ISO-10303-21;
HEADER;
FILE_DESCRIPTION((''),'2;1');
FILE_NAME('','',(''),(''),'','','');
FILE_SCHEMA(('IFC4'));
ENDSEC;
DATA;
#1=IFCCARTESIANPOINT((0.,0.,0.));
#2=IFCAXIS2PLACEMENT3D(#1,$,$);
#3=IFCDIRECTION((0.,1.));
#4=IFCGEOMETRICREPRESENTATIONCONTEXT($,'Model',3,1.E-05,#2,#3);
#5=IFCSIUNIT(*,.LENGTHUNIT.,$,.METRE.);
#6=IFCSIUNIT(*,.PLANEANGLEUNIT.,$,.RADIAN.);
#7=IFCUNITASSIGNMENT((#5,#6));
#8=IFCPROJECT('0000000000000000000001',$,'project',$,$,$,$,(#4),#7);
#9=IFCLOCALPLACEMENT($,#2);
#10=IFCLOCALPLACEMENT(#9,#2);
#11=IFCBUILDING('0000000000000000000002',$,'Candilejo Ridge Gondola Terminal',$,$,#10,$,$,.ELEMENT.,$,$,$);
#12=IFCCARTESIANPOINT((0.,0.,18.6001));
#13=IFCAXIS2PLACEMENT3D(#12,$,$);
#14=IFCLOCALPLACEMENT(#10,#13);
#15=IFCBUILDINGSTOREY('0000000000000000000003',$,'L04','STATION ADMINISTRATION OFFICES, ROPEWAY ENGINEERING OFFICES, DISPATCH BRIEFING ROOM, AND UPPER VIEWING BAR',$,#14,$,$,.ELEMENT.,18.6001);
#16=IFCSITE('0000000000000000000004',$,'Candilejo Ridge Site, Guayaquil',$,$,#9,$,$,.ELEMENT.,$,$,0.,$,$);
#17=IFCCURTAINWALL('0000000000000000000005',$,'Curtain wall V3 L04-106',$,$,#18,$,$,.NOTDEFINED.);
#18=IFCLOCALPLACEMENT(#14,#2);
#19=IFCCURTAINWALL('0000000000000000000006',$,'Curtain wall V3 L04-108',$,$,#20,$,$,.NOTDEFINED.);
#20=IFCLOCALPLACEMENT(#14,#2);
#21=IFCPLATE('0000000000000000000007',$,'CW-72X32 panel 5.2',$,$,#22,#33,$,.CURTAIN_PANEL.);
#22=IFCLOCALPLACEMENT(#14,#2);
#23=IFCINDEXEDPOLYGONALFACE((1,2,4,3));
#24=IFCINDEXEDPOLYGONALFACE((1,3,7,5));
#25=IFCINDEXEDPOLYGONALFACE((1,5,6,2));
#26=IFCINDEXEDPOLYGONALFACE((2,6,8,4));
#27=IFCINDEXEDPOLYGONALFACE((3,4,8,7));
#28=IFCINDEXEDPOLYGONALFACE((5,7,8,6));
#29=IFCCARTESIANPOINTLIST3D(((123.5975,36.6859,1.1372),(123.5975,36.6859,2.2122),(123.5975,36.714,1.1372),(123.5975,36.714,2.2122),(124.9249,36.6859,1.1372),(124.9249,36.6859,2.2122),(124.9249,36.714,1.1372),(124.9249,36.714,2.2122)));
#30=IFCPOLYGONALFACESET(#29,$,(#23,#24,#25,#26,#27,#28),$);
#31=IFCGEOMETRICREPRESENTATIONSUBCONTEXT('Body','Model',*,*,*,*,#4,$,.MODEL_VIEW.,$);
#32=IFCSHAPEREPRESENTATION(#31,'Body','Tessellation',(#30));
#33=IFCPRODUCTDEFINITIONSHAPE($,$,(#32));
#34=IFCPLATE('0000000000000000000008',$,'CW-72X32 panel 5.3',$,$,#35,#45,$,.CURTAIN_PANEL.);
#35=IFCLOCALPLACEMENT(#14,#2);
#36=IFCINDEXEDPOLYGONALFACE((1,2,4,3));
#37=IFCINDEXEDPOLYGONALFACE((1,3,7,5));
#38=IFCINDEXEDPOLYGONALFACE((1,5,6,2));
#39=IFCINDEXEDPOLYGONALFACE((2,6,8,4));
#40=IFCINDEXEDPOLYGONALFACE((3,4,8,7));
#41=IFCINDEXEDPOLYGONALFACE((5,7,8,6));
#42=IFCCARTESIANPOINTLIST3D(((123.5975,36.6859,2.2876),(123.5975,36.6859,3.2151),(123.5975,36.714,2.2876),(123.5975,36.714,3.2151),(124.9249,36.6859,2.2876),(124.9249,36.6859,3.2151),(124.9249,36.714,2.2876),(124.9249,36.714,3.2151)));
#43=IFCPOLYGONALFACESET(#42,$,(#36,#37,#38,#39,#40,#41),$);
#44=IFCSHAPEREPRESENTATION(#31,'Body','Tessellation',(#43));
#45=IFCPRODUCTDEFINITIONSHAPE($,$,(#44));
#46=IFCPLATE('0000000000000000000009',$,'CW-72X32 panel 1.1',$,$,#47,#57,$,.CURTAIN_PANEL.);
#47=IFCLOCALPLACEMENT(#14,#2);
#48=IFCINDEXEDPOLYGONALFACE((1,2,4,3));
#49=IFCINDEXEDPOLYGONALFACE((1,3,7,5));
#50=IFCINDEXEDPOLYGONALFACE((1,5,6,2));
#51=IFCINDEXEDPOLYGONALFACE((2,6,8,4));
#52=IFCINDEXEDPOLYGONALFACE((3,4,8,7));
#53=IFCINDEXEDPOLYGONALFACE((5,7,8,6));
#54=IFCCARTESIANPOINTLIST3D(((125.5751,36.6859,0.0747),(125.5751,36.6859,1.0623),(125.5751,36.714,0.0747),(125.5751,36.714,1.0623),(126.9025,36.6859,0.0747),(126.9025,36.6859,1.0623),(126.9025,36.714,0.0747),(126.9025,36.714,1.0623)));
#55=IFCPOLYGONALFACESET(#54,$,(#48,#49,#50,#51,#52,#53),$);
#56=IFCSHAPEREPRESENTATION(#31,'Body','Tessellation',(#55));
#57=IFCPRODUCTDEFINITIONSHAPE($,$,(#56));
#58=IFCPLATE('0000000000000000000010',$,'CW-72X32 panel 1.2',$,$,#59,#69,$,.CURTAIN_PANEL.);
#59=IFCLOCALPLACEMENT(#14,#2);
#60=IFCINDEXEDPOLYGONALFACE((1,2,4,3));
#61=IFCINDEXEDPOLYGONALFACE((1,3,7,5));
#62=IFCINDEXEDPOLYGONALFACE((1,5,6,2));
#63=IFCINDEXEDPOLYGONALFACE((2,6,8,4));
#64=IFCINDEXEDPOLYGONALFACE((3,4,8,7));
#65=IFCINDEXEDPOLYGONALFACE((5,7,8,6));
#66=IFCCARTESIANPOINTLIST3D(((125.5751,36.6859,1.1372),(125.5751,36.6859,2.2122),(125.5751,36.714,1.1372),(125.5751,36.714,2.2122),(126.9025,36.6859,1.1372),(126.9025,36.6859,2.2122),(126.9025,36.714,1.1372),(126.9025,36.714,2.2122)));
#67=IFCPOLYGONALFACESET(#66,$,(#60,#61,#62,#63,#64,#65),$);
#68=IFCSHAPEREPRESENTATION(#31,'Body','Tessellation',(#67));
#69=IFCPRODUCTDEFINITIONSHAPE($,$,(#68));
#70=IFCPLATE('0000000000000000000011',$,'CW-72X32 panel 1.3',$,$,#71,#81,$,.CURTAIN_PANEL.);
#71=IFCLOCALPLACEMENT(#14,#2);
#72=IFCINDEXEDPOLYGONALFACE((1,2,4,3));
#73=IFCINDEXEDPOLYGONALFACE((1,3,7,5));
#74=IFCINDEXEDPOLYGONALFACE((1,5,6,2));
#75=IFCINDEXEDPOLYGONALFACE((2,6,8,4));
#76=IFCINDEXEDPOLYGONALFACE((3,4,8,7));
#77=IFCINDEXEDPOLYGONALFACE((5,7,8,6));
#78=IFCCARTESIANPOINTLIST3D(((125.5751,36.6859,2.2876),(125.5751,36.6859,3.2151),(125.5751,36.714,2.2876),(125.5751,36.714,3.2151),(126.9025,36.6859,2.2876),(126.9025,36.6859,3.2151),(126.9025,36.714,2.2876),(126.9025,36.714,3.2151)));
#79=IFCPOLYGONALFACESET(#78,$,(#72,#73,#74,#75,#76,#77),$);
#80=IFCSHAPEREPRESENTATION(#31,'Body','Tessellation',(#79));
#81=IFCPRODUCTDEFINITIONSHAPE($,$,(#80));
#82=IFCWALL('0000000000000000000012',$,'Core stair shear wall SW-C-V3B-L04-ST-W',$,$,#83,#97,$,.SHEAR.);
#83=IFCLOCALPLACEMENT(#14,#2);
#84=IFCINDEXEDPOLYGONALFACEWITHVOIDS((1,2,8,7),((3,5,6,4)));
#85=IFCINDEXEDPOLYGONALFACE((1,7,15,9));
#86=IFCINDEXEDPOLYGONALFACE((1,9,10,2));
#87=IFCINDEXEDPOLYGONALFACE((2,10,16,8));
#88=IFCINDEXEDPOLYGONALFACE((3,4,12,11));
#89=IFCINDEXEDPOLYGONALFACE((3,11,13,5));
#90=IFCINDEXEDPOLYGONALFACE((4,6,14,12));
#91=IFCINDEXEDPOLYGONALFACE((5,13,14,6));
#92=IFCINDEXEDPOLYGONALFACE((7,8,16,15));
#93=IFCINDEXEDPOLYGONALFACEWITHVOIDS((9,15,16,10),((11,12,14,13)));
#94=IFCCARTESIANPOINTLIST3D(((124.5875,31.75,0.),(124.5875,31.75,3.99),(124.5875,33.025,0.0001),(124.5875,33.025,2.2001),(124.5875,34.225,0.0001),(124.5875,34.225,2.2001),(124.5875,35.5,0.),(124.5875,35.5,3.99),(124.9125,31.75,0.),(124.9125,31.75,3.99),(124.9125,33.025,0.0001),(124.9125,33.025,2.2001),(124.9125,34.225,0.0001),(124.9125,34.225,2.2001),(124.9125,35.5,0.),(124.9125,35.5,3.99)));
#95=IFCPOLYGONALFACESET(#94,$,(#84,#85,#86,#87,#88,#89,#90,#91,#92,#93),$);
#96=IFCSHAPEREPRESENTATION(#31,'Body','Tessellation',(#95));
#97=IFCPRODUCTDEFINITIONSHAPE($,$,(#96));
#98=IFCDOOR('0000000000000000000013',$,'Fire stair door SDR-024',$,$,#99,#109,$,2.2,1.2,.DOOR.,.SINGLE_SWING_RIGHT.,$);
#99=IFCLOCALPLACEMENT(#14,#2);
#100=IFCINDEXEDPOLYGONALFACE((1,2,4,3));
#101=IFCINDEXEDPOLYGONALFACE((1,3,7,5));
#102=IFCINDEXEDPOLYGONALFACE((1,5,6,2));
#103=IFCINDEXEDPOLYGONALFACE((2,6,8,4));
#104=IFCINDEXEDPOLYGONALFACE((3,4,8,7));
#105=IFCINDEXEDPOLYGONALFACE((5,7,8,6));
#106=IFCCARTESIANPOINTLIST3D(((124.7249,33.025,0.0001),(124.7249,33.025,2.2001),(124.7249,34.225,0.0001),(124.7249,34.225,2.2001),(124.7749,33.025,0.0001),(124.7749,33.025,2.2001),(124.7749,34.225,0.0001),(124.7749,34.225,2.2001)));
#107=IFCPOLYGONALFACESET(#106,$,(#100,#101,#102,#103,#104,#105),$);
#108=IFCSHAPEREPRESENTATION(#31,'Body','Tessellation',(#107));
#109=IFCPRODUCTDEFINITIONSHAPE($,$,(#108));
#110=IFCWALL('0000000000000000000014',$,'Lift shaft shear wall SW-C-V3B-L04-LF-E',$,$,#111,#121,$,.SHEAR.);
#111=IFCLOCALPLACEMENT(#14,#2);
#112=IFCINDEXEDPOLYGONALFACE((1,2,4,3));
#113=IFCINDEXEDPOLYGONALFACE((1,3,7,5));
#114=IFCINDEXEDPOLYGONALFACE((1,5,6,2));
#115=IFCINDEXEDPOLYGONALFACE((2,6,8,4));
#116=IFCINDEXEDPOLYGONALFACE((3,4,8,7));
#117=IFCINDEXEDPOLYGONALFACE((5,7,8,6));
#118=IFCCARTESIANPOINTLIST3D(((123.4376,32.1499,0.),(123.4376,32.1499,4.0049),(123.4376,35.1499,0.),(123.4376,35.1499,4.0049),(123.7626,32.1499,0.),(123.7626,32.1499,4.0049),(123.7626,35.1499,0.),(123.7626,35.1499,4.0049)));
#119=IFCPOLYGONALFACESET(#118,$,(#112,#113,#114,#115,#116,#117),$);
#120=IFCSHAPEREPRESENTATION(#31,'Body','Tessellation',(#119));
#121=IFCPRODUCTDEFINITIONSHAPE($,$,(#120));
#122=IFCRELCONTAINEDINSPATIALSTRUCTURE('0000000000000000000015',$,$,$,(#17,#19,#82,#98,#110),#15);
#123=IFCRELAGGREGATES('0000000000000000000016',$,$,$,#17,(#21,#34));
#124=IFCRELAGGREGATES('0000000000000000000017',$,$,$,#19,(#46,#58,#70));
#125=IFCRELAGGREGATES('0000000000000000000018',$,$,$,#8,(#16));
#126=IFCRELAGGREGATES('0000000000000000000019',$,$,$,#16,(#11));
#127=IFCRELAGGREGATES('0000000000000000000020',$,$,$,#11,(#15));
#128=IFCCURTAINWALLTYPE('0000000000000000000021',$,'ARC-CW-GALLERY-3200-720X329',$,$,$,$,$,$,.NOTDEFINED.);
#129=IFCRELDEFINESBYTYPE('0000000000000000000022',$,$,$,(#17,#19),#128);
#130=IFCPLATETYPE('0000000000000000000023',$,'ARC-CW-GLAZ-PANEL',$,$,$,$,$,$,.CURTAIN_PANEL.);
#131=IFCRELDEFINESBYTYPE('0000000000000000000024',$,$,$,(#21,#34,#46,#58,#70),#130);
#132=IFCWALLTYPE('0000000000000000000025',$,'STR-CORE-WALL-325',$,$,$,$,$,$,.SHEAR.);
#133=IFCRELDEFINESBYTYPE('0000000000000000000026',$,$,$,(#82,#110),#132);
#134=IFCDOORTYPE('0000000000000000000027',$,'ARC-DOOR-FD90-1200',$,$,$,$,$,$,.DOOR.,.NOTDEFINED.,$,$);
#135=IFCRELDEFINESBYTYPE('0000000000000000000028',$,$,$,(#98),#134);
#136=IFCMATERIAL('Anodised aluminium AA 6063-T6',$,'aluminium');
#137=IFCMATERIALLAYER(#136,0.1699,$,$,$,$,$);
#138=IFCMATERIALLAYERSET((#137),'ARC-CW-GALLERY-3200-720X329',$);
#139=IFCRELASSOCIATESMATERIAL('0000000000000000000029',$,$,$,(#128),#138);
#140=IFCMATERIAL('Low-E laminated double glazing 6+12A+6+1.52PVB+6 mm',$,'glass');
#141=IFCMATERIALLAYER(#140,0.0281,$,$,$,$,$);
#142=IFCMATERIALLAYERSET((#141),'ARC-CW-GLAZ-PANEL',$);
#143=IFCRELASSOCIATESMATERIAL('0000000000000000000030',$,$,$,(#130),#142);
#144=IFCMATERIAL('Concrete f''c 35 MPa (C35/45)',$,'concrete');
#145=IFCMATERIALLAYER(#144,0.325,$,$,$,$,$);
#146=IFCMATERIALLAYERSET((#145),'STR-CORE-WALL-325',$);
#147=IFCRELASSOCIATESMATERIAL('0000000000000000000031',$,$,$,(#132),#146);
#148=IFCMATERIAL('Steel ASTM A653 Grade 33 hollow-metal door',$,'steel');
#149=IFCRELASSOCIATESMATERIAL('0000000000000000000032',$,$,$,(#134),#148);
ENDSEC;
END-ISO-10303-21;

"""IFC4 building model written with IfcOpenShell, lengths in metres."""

from ifc_helpers import new_model, si_unit, direction, frame, frame_2d, origin, origin_2d, place, context, subcontext, project, spatial, rectangle, extrude, material, layer, layer_set, type_object, element, fill, aggregate, save


model = new_model("IFC4")

# Units and contexts
model_context = context("Model", 3, precision=1e-05, world=origin(), true_north=direction((0.0, 1.0)))
body_context = subcontext(model_context, "Body", "Model", "MODEL_VIEW")
ifc_project = project(units=[si_unit("LENGTHUNIT", "METRE"), si_unit("PLANEANGLEUNIT", "RADIAN")], contexts=[model_context])

# Site, building, storey
site_placement = place(None, origin())
site = spatial("IfcSite", under=ifc_project, at=site_placement, Name="Candilejo Ridge Site, Guayaquil", CompositionType="ELEMENT", RefElevation=0.0)
building_placement = place(site_placement, origin())
building = spatial("IfcBuilding", under=site, at=building_placement, Name="Candilejo Ridge Gondola Terminal", CompositionType="ELEMENT")
storey_placement = place(building_placement, frame((0.0, 0.0, 18.6001)))
storey = spatial("IfcBuildingStorey", under=building, at=storey_placement, Name="L04", Description="STATION ADMINISTRATION OFFICES, ROPEWAY ENGINEERING OFFICES, DISPATCH BRIEFING ROOM, AND UPPER VIEWING BAR", CompositionType="ELEMENT", Elevation=18.6001)

# Curtain walls
ifc_material_1 = material(Name="Anodised aluminium AA 6063-T6", Category="aluminium")
ifc_layer_1 = layer(ifc_material_1, 0.1699)
ifc_layer_set_1 = layer_set([ifc_layer_1], Name="ARC-CW-GALLERY-3200-720X329")
curtain_wall_type = type_object("IfcCurtainWallType", Name="ARC-CW-GALLERY-3200-720X329", PredefinedType="NOTDEFINED", material=ifc_layer_set_1)
curtain_wall_1_placement = place(storey_placement, origin())
curtain_wall_1 = element("IfcCurtainWall", 1, at=curtain_wall_1_placement, inside=storey, type_object=curtain_wall_type, Name="Curtain wall V3 L04-106", PredefinedType="NOTDEFINED")
curtain_wall_2_placement = place(storey_placement, origin())
curtain_wall_2 = element("IfcCurtainWall", 2, at=curtain_wall_2_placement, inside=storey, type_object=curtain_wall_type, Name="Curtain wall V3 L04-108", PredefinedType="NOTDEFINED")

# Plates
ifc_material_2 = material(Name="Low-E laminated double glazing 6+12A+6+1.52PVB+6 mm", Category="glass")
ifc_layer_2 = layer(ifc_material_2, 0.0281)
ifc_layer_set_2 = layer_set([ifc_layer_2], Name="ARC-CW-GLAZ-PANEL")
plate_type = type_object("IfcPlateType", Name="ARC-CW-GLAZ-PANEL", PredefinedType="CURTAIN_PANEL", material=ifc_layer_set_2)
plate_1_placement = place(storey_placement, frame((124.2612, 36.7, 1.1372), z_axis=(0.0, 0.0, 1.0), x_axis=(1.0, 0.0, 0.0)))
plate_1 = element("IfcPlate", 3, at=plate_1_placement, type_object=plate_type, Name="CW-72X32 panel 5.2", PredefinedType="CURTAIN_PANEL", context=body_context, shape_type="SweptSolid", body=[
    extrude(rectangle(XDim=1.3274, YDim=0.0281, at=origin_2d()), origin(), (0.0, 0.0, 1.0), 1.075),
])
plate_2_placement = place(storey_placement, frame((124.2612, 36.7, 2.2876), z_axis=(0.0, 0.0, 1.0), x_axis=(1.0, 0.0, 0.0)))
plate_2 = element("IfcPlate", 4, at=plate_2_placement, type_object=plate_type, Name="CW-72X32 panel 5.3", PredefinedType="CURTAIN_PANEL", context=body_context, shape_type="SweptSolid", body=[
    extrude(rectangle(XDim=1.3274, YDim=0.0281, at=origin_2d()), origin(), (0.0, 0.0, 1.0), 0.9275),
])
aggregate(curtain_wall_1, [plate_1, plate_2])
plate_3_placement = place(storey_placement, frame((126.2388, 36.7, 0.0747), z_axis=(0.0, 0.0, 1.0), x_axis=(1.0, 0.0, 0.0)))
plate_3 = element("IfcPlate", 5, at=plate_3_placement, type_object=plate_type, Name="CW-72X32 panel 1.1", PredefinedType="CURTAIN_PANEL", context=body_context, shape_type="SweptSolid", body=[
    extrude(rectangle(XDim=1.3274, YDim=0.0281, at=origin_2d()), origin(), (0.0, 0.0, 1.0), 0.9875),
])
plate_4_placement = place(storey_placement, frame((126.2388, 36.7, 1.1372), z_axis=(0.0, 0.0, 1.0), x_axis=(1.0, 0.0, 0.0)))
plate_4 = element("IfcPlate", 6, at=plate_4_placement, type_object=plate_type, Name="CW-72X32 panel 1.2", PredefinedType="CURTAIN_PANEL", context=body_context, shape_type="SweptSolid", body=[
    extrude(rectangle(XDim=1.3274, YDim=0.0281, at=origin_2d()), origin(), (0.0, 0.0, 1.0), 1.075),
])
plate_5_placement = place(storey_placement, frame((126.2388, 36.7, 2.2876), z_axis=(0.0, 0.0, 1.0), x_axis=(1.0, 0.0, 0.0)))
plate_5 = element("IfcPlate", 7, at=plate_5_placement, type_object=plate_type, Name="CW-72X32 panel 1.3", PredefinedType="CURTAIN_PANEL", context=body_context, shape_type="SweptSolid", body=[
    extrude(rectangle(XDim=1.3274, YDim=0.0281, at=origin_2d()), origin(), (0.0, 0.0, 1.0), 0.9275),
])
aggregate(curtain_wall_2, [plate_3, plate_4, plate_5])

# Wall, opening, door
ifc_material_3 = material(Name="Concrete f'c 35 MPa (C35/45)", Category="concrete")
ifc_layer_3 = layer(ifc_material_3, 0.325)
ifc_layer_set_3 = layer_set([ifc_layer_3], Name="STR-CORE-WALL-325")
wall_type = type_object("IfcWallType", Name="STR-CORE-WALL-325", PredefinedType="SHEAR", material=ifc_layer_set_3)
wall_1_placement = place(storey_placement, frame((124.75, 35.5, 0.0), z_axis=(0.0, 0.0, 1.0), x_axis=(0.0, -1.0, 0.0)))
wall_1 = element("IfcWall", 8, at=wall_1_placement, inside=storey, type_object=wall_type, Name="Core stair shear wall SW-C-V3B-L04-ST-W", PredefinedType="SHEAR", context=body_context, shape_type="SweptSolid", body=[
    extrude(rectangle(XDim=3.75, YDim=0.325, at=frame_2d((1.875, 0.0))), origin(), (0.0, 0.0, 1.0), 3.99),
])
opening_placement = place(wall_1_placement, frame((1.2749, 0.0, 0.0)))
opening = element("IfcOpeningElement", 9, at=opening_placement, cuts=wall_1, PredefinedType="OPENING", context=body_context, shape_type="SweptSolid", body=[
    extrude(rectangle(XDim=1.2, YDim=2.2, at=frame_2d((0.6001, 1.1001))), frame((0.0, 0.1724, 0.0), z_axis=(0.0, -1.0, 0.0), x_axis=(1.0, 0.0, 0.0)), (0.0, 0.0, 1.0), 0.345),
])
ifc_material_4 = material(Name="Steel ASTM A653 Grade 33 hollow-metal door", Category="steel")
door_type = type_object("IfcDoorType", Name="ARC-DOOR-FD90-1200", OperationType="NOTDEFINED", PredefinedType="DOOR", material=ifc_material_4)
door_placement = place(opening_placement, origin())
door = element("IfcDoor", 10, at=door_placement, inside=storey, type_object=door_type, Name="Fire stair door SDR-024", OperationType="SINGLE_SWING_RIGHT", OverallHeight=2.2, OverallWidth=1.2, PredefinedType="DOOR", context=body_context, shape_type="SweptSolid", body=[
    extrude(rectangle(XDim=1.2, YDim=2.2, at=frame_2d((0.6001, 1.1001))), frame((0.0, 0.0249, 0.0), z_axis=(0.0, -1.0, 0.0), x_axis=(1.0, 0.0, 0.0)), (0.0, 0.0, 1.0), 0.05),
])
fill(opening, door)

# Wall
wall_2_placement = place(storey_placement, frame((123.6001, 32.1499, 0.0), z_axis=(0.0, 0.0, 1.0), x_axis=(0.0, 1.0, 0.0)))
element("IfcWall", 11, at=wall_2_placement, inside=storey, type_object=wall_type, Name="Lift shaft shear wall SW-C-V3B-L04-LF-E", PredefinedType="SHEAR", context=body_context, shape_type="SweptSolid", body=[
    extrude(rectangle(XDim=3.0, YDim=0.325, at=frame_2d((1.5, 0.0))), origin(), (0.0, 0.0, 1.0), 4.0049),
])

save(model, "model.ifc")
